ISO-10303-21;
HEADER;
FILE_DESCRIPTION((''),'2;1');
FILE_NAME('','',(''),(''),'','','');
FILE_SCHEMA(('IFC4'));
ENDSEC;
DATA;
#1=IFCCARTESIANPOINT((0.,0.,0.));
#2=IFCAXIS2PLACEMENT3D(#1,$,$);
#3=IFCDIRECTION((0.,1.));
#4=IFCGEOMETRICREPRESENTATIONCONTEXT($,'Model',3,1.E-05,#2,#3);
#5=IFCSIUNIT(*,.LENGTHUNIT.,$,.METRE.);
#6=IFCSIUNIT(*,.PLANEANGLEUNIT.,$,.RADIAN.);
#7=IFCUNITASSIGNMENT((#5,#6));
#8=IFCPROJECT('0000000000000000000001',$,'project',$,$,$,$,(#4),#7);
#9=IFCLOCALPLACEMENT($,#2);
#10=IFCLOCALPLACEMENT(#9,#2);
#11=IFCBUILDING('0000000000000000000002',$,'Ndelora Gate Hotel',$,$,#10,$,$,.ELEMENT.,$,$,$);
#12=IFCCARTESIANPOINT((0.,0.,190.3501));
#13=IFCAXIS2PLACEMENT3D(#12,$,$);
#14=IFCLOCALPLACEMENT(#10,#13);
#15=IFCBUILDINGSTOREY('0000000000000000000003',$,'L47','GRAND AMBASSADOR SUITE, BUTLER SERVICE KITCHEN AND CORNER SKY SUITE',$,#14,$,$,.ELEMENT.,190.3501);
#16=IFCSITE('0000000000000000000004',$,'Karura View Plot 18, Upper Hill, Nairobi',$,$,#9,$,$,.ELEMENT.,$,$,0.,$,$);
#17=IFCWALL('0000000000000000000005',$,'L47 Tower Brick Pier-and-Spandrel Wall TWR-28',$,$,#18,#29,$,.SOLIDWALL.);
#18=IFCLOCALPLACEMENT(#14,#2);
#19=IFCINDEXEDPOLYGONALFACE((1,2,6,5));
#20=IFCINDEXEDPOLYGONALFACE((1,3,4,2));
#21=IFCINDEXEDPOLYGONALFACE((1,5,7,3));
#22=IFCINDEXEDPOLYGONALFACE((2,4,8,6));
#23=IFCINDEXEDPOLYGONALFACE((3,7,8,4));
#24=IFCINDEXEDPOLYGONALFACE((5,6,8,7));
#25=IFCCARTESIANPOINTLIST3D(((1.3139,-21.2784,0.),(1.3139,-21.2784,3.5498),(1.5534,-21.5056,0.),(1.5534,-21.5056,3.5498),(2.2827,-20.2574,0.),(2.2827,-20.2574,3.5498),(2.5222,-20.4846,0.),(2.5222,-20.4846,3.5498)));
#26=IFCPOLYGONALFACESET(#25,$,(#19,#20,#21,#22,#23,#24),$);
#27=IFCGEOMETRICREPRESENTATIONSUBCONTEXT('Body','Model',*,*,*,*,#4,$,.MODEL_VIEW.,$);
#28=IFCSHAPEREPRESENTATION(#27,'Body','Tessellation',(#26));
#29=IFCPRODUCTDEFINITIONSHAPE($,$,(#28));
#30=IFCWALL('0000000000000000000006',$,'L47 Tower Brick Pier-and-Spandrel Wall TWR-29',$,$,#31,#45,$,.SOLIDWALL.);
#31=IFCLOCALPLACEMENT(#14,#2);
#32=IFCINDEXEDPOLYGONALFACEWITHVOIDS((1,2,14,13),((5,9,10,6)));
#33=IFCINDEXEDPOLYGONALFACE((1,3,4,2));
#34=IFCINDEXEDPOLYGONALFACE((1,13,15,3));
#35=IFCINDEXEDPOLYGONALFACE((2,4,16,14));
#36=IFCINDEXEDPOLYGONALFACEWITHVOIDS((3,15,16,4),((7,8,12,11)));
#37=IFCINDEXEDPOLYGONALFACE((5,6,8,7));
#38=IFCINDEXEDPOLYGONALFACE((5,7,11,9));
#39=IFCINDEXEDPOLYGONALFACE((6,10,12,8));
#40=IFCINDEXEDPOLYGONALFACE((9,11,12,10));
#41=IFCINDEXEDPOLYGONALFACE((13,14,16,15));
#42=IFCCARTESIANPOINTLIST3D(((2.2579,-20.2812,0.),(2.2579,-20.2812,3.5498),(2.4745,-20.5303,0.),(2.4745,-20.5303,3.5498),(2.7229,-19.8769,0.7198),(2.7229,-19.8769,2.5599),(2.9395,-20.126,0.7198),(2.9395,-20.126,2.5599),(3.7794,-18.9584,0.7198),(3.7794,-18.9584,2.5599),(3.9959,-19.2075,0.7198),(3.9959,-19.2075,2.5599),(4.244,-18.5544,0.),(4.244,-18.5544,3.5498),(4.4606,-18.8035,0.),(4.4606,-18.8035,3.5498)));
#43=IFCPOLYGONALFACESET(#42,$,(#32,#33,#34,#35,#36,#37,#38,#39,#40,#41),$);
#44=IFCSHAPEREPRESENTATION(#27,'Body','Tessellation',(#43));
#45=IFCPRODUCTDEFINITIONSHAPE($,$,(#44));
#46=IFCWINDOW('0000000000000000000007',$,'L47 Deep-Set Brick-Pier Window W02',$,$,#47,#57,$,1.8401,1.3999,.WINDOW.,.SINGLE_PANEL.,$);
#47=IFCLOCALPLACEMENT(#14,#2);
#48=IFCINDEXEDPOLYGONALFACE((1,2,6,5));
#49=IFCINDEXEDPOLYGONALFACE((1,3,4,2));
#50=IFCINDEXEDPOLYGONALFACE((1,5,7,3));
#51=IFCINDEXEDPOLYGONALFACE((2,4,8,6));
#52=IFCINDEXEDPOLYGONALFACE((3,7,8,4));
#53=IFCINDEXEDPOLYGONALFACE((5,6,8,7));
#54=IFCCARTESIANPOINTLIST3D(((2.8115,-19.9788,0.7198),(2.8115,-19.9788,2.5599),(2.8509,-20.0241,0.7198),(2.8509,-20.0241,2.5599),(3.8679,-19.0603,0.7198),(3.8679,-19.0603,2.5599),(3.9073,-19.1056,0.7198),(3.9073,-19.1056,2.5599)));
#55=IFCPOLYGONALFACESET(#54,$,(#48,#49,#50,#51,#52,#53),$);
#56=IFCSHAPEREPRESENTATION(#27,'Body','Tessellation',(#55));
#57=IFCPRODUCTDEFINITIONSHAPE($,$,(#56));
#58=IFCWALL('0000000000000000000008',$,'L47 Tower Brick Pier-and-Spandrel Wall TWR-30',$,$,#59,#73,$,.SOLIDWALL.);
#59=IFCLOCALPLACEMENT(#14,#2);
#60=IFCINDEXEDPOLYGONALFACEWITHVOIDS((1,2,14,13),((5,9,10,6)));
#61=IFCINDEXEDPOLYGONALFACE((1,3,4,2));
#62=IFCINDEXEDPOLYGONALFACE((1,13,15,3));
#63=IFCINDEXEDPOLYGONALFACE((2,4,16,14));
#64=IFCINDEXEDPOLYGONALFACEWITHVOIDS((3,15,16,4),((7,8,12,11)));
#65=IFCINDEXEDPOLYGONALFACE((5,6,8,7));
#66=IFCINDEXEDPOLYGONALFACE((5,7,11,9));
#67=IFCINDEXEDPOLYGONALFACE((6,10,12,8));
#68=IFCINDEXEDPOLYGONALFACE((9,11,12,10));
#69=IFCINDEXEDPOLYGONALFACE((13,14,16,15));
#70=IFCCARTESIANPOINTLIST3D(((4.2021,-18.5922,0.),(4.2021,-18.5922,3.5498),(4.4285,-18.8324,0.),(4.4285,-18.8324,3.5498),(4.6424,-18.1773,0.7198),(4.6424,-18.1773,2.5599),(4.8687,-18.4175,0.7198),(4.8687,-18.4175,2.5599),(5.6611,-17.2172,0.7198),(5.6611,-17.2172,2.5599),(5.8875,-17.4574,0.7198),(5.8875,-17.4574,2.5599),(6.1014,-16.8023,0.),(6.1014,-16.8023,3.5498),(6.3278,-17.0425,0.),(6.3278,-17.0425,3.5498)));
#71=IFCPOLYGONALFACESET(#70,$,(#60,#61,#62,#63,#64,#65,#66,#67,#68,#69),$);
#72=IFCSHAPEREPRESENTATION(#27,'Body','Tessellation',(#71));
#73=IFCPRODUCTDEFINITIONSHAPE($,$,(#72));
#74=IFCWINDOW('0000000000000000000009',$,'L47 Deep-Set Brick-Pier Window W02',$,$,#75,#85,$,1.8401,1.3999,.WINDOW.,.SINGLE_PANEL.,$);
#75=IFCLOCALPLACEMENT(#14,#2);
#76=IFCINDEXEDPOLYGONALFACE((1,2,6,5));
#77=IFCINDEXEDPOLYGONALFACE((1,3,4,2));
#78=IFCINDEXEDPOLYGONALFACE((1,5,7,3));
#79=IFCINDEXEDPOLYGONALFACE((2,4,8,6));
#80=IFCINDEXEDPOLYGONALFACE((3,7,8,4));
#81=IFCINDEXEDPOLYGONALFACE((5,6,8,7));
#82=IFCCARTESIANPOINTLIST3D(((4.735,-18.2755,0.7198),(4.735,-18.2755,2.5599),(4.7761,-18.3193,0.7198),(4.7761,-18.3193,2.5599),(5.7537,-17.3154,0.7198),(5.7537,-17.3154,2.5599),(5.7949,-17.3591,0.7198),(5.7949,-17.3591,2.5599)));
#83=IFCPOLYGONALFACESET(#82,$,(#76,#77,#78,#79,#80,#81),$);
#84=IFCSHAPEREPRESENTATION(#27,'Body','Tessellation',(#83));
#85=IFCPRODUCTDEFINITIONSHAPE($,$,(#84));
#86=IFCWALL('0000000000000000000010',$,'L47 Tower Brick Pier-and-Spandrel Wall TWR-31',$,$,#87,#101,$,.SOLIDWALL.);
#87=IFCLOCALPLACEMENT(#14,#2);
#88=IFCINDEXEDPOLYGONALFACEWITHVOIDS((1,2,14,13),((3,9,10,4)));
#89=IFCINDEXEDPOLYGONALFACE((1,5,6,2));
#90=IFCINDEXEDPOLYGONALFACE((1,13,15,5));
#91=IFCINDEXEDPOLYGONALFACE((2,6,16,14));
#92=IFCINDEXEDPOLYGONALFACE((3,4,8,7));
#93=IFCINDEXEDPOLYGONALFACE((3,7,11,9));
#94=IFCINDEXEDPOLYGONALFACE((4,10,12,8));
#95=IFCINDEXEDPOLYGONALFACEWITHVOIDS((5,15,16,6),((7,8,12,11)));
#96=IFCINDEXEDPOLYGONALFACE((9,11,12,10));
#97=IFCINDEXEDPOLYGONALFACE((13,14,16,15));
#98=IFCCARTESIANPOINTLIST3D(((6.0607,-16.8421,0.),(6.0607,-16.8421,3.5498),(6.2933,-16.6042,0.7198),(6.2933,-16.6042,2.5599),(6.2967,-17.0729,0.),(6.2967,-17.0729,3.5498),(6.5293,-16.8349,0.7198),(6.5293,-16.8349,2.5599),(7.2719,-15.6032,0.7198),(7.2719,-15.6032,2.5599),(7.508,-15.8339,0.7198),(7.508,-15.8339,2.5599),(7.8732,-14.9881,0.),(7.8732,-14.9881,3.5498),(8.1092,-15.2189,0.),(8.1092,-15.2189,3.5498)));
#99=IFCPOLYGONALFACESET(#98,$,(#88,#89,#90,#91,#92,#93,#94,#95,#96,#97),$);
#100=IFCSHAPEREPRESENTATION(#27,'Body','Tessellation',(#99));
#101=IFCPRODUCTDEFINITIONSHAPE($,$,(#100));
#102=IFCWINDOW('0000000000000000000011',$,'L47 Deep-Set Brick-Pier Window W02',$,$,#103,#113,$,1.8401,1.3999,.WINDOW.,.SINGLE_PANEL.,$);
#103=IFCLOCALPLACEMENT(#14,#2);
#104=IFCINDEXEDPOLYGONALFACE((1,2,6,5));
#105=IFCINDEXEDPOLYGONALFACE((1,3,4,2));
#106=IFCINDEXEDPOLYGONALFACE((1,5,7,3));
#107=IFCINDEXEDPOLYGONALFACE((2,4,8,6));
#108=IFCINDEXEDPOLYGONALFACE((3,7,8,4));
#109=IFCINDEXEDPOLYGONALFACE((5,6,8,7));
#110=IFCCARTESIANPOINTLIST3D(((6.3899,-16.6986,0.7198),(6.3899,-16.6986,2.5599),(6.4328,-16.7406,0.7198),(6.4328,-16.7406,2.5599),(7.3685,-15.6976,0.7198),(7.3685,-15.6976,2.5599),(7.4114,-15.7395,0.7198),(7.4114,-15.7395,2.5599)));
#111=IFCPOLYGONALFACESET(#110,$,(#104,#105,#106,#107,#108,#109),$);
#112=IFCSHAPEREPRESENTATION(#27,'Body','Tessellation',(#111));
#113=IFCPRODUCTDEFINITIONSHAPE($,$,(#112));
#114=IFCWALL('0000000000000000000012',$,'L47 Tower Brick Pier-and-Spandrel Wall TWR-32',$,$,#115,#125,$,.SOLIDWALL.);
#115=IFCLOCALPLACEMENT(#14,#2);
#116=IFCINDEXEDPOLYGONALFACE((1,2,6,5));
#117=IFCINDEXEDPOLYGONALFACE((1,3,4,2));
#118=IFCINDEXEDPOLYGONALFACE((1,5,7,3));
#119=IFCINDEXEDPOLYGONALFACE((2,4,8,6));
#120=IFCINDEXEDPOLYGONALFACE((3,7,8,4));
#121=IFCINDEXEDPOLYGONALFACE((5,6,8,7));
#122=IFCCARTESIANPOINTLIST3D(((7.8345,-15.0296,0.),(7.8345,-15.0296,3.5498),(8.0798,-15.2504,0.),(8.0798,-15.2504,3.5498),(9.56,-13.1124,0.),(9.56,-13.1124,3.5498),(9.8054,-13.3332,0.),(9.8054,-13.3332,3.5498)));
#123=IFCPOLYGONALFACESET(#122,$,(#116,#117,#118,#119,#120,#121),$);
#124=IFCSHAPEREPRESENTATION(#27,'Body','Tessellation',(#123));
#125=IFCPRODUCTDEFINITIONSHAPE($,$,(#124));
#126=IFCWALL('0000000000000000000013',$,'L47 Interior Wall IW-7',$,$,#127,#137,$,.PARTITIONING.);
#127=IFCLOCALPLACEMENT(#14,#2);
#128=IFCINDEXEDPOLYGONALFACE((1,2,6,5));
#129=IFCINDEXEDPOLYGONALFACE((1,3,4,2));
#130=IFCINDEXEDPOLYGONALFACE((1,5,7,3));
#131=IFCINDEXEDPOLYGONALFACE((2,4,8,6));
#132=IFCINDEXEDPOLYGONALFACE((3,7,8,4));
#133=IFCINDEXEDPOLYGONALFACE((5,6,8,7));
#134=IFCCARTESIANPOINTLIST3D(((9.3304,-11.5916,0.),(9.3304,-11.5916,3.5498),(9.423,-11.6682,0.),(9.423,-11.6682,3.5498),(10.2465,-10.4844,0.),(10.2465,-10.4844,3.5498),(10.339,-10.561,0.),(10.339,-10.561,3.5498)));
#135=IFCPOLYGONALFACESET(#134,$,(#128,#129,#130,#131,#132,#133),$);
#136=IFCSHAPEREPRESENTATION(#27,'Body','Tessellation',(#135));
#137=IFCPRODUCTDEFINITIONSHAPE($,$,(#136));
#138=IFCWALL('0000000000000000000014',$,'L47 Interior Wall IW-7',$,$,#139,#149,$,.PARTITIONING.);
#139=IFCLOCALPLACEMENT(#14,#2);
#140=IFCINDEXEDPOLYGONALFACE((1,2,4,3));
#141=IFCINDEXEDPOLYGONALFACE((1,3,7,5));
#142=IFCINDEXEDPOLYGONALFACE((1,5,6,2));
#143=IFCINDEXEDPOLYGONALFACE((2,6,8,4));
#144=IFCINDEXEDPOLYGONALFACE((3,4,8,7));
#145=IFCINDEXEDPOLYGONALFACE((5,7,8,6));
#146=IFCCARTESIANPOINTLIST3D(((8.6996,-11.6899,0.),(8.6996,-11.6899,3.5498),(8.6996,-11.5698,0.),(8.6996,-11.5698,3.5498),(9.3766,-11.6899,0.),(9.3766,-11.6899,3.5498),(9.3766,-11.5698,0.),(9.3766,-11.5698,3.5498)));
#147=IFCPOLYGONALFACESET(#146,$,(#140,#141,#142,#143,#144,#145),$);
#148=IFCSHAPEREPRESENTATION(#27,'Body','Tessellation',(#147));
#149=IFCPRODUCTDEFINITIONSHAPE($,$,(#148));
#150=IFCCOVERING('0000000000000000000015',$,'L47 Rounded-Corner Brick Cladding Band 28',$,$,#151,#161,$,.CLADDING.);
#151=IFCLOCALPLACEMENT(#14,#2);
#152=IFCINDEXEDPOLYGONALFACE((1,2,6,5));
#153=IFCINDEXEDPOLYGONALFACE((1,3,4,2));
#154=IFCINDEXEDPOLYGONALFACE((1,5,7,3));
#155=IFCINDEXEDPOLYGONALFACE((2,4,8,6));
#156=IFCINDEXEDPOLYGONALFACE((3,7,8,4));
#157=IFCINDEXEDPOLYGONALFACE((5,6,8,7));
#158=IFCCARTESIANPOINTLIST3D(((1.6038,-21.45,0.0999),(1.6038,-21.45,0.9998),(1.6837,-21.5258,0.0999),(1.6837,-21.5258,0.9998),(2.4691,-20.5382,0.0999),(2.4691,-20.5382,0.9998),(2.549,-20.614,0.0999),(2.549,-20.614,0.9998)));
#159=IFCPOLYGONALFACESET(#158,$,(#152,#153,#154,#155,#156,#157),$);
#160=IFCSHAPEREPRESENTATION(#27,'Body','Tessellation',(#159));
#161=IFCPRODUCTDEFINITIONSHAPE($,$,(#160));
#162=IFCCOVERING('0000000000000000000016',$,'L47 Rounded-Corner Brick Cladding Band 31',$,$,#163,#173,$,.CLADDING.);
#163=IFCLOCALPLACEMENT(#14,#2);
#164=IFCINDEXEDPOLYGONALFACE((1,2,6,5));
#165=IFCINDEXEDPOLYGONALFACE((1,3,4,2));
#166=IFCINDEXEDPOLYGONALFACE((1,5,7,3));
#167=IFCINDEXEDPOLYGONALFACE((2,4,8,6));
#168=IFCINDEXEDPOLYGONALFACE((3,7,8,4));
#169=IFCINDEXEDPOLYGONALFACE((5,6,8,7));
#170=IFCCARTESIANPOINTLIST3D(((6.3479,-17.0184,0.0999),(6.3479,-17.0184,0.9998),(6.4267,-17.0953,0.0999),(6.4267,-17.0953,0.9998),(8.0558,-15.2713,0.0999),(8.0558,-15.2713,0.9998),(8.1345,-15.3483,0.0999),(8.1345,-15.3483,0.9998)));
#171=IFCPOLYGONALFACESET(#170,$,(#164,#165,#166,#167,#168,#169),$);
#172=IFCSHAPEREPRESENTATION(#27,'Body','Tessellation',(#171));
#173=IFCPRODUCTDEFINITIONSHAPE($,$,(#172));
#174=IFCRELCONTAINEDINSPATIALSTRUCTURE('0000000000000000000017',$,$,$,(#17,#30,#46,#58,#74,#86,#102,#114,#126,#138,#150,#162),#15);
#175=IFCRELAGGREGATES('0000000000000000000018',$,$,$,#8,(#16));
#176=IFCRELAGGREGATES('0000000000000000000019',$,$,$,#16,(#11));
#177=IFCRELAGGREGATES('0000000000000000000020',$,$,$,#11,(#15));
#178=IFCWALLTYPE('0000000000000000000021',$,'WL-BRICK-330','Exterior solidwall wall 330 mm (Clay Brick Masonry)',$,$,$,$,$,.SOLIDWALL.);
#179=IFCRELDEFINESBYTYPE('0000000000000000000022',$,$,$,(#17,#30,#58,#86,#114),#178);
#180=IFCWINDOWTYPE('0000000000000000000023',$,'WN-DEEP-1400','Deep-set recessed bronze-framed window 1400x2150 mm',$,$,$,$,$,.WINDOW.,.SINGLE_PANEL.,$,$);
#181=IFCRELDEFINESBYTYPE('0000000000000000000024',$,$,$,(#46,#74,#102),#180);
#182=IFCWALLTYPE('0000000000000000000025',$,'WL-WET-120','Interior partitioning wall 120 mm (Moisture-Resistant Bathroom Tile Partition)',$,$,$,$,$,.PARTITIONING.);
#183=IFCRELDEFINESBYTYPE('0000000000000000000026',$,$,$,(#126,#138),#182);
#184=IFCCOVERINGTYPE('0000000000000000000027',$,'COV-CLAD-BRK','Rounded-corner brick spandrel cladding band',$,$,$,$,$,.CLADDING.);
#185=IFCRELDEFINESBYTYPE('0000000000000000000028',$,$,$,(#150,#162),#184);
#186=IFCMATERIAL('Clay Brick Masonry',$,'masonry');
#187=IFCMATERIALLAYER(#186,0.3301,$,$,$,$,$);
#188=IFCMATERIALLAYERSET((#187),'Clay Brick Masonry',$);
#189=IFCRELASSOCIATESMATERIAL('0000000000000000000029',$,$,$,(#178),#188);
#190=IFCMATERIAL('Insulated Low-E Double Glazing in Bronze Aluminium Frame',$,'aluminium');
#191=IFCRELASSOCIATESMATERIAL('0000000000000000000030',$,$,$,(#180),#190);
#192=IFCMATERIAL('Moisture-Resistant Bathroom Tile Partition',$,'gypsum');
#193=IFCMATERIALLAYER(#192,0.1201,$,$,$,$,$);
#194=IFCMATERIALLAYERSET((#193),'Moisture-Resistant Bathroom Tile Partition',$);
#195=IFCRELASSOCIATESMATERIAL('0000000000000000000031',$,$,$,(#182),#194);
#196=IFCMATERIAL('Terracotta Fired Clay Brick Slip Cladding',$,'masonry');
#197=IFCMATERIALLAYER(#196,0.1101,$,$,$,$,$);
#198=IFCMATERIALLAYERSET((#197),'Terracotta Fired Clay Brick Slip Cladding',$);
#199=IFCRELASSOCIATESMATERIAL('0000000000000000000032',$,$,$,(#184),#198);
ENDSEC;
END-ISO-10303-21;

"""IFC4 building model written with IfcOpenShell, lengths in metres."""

from ifc_helpers import new_model, si_unit, direction, frame, frame_2d, origin, origin_2d, place, context, subcontext, project, spatial, rectangle, extrude, material, layer, layer_set, type_object, element, fill, save


model = new_model("IFC4")

# Units and contexts
model_context = context("Model", 3, precision=1e-05, world=origin(), true_north=direction((0.0, 1.0)))
body_context = subcontext(model_context, "Body", "Model", "MODEL_VIEW")
ifc_project = project(units=[si_unit("LENGTHUNIT", "METRE"), si_unit("PLANEANGLEUNIT", "RADIAN")], contexts=[model_context])

# Site, building, storey
site_placement = place(None, origin())
site = spatial("IfcSite", under=ifc_project, at=site_placement, Name="Karura View Plot 18, Upper Hill, Nairobi", CompositionType="ELEMENT", RefElevation=0.0)
building_placement = place(site_placement, origin())
building = spatial("IfcBuilding", under=site, at=building_placement, Name="Ndelora Gate Hotel", CompositionType="ELEMENT")
storey_placement = place(building_placement, frame((0.0, 0.0, 190.3501)))
storey = spatial("IfcBuildingStorey", under=building, at=storey_placement, Name="L47", Description="GRAND AMBASSADOR SUITE, BUTLER SERVICE KITCHEN AND CORNER SKY SUITE", CompositionType="ELEMENT", Elevation=190.3501)

# Wall
ifc_material_1 = material(Name="Clay Brick Masonry", Category="masonry")
ifc_layer_1 = layer(ifc_material_1, 0.3301)
ifc_layer_set_1 = layer_set([ifc_layer_1], Name="Clay Brick Masonry")
wall_type_1 = type_object("IfcWallType", Name="WL-BRICK-330", Description="Exterior solidwall wall 330 mm (Clay Brick Masonry)", PredefinedType="SOLIDWALL", material=ifc_layer_set_1)
wall_1_placement = place(storey_placement, frame((2.4023, -20.3711, 0.0), z_axis=(0.0, 0.0, 1.0), x_axis=(-0.688303, -0.725424, 0.0)))
element("IfcWall", 1, at=wall_1_placement, inside=storey, type_object=wall_type_1, Name="L47 Tower Brick Pier-and-Spandrel Wall TWR-28", PredefinedType="SOLIDWALL", context=body_context, shape_type="SweptSolid", body=[
    extrude(rectangle(XDim=1.4075, YDim=0.3301, at=frame_2d((0.7036, 0.0))), origin(), (0.0, 0.0, 1.0), 3.5498),
])

# Walls, openings, windows
wall_2_placement = place(storey_placement, frame((4.3523, -18.679, 0.0), z_axis=(0.0, 0.0, 1.0), x_axis=(-0.754647, -0.65613, 0.0)))
wall_2 = element("IfcWall", 2, at=wall_2_placement, inside=storey, type_object=wall_type_1, Name="L47 Tower Brick Pier-and-Spandrel Wall TWR-29", PredefinedType="SOLIDWALL", context=body_context, shape_type="SweptSolid", body=[
    extrude(rectangle(XDim=2.6318, YDim=0.3301, at=frame_2d((1.3159, 0.0))), origin(), (0.0, 0.0, 1.0), 3.5498),
])
opening_1_placement = place(wall_2_placement, frame((0.6157, 0.0, 0.72)))
opening_1 = element("IfcOpeningElement", 3, at=opening_1_placement, cuts=wall_2, PredefinedType="OPENING", context=body_context, shape_type="SweptSolid", body=[
    extrude(rectangle(XDim=1.3999, YDim=1.8401, at=frame_2d((0.7, 0.9199))), frame((0.0, 0.175, 0.0), z_axis=(0.0, -1.0, 0.0), x_axis=(1.0, 0.0, 0.0)), (0.0, 0.0, 1.0), 0.3501),
])
ifc_material_2 = material(Name="Insulated Low-E Double Glazing in Bronze Aluminium Frame", Category="aluminium")
window_type = type_object("IfcWindowType", Name="WN-DEEP-1400", Description="Deep-set recessed bronze-framed window 1400x2150 mm", PartitioningType="SINGLE_PANEL", PredefinedType="WINDOW", material=ifc_material_2)
window_1_placement = place(opening_1_placement, origin())
window_1 = element("IfcWindow", 4, at=window_1_placement, inside=storey, type_object=window_type, Name="L47 Deep-Set Brick-Pier Window W02", OverallHeight=1.8401, OverallWidth=1.3999, PartitioningType="SINGLE_PANEL", PredefinedType="WINDOW", context=body_context, shape_type="SweptSolid", body=[
    extrude(rectangle(XDim=1.3999, YDim=1.8401, at=frame_2d((0.7, 0.9199))), frame((0.0, 0.03, 0.0), z_axis=(0.0, -1.0, 0.0), x_axis=(1.0, 0.0, 0.0)), (0.0, 0.0, 1.0), 0.0601),
])
fill(opening_1, window_1)
wall_3_placement = place(storey_placement, frame((6.2146, -16.9224, 0.0), z_axis=(0.0, 0.0, 1.0), x_axis=(-0.727749, -0.685843, 0.0)))
wall_3 = element("IfcWall", 5, at=wall_3_placement, inside=storey, type_object=wall_type_1, Name="L47 Tower Brick Pier-and-Spandrel Wall TWR-30", PredefinedType="SOLIDWALL", context=body_context, shape_type="SweptSolid", body=[
    extrude(rectangle(XDim=2.6099, YDim=0.3301, at=frame_2d((1.3049, 0.0))), origin(), (0.0, 0.0, 1.0), 3.5498),
])
opening_2_placement = place(wall_3_placement, frame((0.605, 0.0, 0.72)))
opening_2 = element("IfcOpeningElement", 6, at=opening_2_placement, cuts=wall_3, PredefinedType="OPENING", context=body_context, shape_type="SweptSolid", body=[
    extrude(rectangle(XDim=1.3999, YDim=1.8401, at=frame_2d((0.7, 0.9199))), frame((0.0, 0.175, 0.0), z_axis=(0.0, -1.0, 0.0), x_axis=(1.0, 0.0, 0.0)), (0.0, 0.0, 1.0), 0.3501),
])
window_2_placement = place(opening_2_placement, origin())
window_2 = element("IfcWindow", 7, at=window_2_placement, inside=storey, type_object=window_type, Name="L47 Deep-Set Brick-Pier Window W02", OverallHeight=1.8401, OverallWidth=1.3999, PartitioningType="SINGLE_PANEL", PredefinedType="WINDOW", context=body_context, shape_type="SweptSolid", body=[
    extrude(rectangle(XDim=1.3999, YDim=1.8401, at=frame_2d((0.7, 0.9199))), frame((0.0, 0.03, 0.0), z_axis=(0.0, -1.0, 0.0), x_axis=(1.0, 0.0, 0.0)), (0.0, 0.0, 1.0), 0.0601),
])
fill(opening_2, window_2)
wall_4_placement = place(storey_placement, frame((7.9912, -15.1035, 0.0), z_axis=(0.0, 0.0, 1.0), x_axis=(-0.699058, -0.715065, 0.0)))
wall_4 = element("IfcWall", 8, at=wall_4_placement, inside=storey, type_object=wall_type_1, Name="L47 Tower Brick Pier-and-Spandrel Wall TWR-31", PredefinedType="SOLIDWALL", context=body_context, shape_type="SweptSolid", body=[
    extrude(rectangle(XDim=2.5928, YDim=0.3301, at=frame_2d((1.2964, 0.0))), origin(), (0.0, 0.0, 1.0), 3.5498),
])
opening_3_placement = place(wall_4_placement, frame((0.8601, 0.0, 0.72)))
opening_3 = element("IfcOpeningElement", 9, at=opening_3_placement, cuts=wall_4, PredefinedType="OPENING", context=body_context, shape_type="SweptSolid", body=[
    extrude(rectangle(XDim=1.3999, YDim=1.8401, at=frame_2d((0.7, 0.9199))), frame((0.0, 0.175, 0.0), z_axis=(0.0, -1.0, 0.0), x_axis=(1.0, 0.0, 0.0)), (0.0, 0.0, 1.0), 0.3501),
])
window_3_placement = place(opening_3_placement, origin())
window_3 = element("IfcWindow", 10, at=window_3_placement, inside=storey, type_object=window_type, Name="L47 Deep-Set Brick-Pier Window W02", OverallHeight=1.8401, OverallWidth=1.3999, PartitioningType="SINGLE_PANEL", PredefinedType="WINDOW", context=body_context, shape_type="SweptSolid", body=[
    extrude(rectangle(XDim=1.3999, YDim=1.8401, at=frame_2d((0.7, 0.9199))), frame((0.0, 0.03, 0.0), z_axis=(0.0, -1.0, 0.0), x_axis=(1.0, 0.0, 0.0)), (0.0, 0.0, 1.0), 0.0601),
])
fill(opening_3, window_3)

# Walls
wall_5_placement = place(storey_placement, frame((9.6826, -13.2229, 0.0), z_axis=(0.0, 0.0, 1.0), x_axis=(-0.66898, -0.74328, 0.0)))
element("IfcWall", 11, at=wall_5_placement, inside=storey, type_object=wall_type_1, Name="L47 Tower Brick Pier-and-Spandrel Wall TWR-32", PredefinedType="SOLIDWALL", context=body_context, shape_type="SweptSolid", body=[
    extrude(rectangle(XDim=2.5793, YDim=0.3301, at=frame_2d((1.2896, 0.0))), origin(), (0.0, 0.0, 1.0), 3.5498),
])
ifc_material_3 = material(Name="Moisture-Resistant Bathroom Tile Partition", Category="gypsum")
ifc_layer_2 = layer(ifc_material_3, 0.1201)
ifc_layer_set_2 = layer_set([ifc_layer_2], Name="Moisture-Resistant Bathroom Tile Partition")
wall_type_2 = type_object("IfcWallType", Name="WL-WET-120", Description="Interior partitioning wall 120 mm (Moisture-Resistant Bathroom Tile Partition)", PredefinedType="PARTITIONING", material=ifc_layer_set_2)
wall_6_placement = place(storey_placement, frame((9.3767, -11.6299, 0.0), z_axis=(0.0, 0.0, 1.0), x_axis=(0.637456, 0.770486, 0.0)))
element("IfcWall", 12, at=wall_6_placement, inside=storey, type_object=wall_type_2, Name="L47 Interior Wall IW-7", PredefinedType="PARTITIONING", context=body_context, shape_type="SweptSolid", body=[
    extrude(rectangle(XDim=1.437, YDim=0.1201, at=frame_2d((0.7185, 0.0))), origin(), (0.0, 0.0, 1.0), 3.5498),
])
wall_7_placement = place(storey_placement, frame((8.6997, -11.6299, 0.0), z_axis=(0.0, 0.0, 1.0), x_axis=(1.0, 0.0, 0.0)))
element("IfcWall", 13, at=wall_7_placement, inside=storey, type_object=wall_type_2, Name="L47 Interior Wall IW-7", PredefinedType="PARTITIONING", context=body_context, shape_type="SweptSolid", body=[
    extrude(rectangle(XDim=0.677, YDim=0.1201, at=frame_2d((0.3384, 0.0))), origin(), (0.0, 0.0, 1.0), 3.5498),
])

# Coverings
ifc_material_4 = material(Name="Terracotta Fired Clay Brick Slip Cladding", Category="masonry")
ifc_layer_3 = layer(ifc_material_4, 0.1101)
ifc_layer_set_3 = layer_set([ifc_layer_3], Name="Terracotta Fired Clay Brick Slip Cladding")
covering_type_1 = type_object("IfcCoveringType", Name="COV-CLAD-BRK", Description="Rounded-corner brick spandrel cladding band", PredefinedType="CLADDING", material=ifc_layer_set_3)
covering_1_placement = place(storey_placement, frame((2.0764, -21.032, 0.0999), z_axis=(0.0, 0.0, 1.0), x_axis=(0.688355, 0.725374, 0.0)))
element("IfcCovering", 14, at=covering_1_placement, inside=storey, type_object=covering_type_1, Name="L47 Rounded-Corner Brick Cladding Band 28", PredefinedType="CLADDING", context=body_context, shape_type="SweptSolid", body=[
    extrude(rectangle(XDim=1.2571, YDim=0.1101, at=origin_2d()), origin(), (0.0, 0.0, 1.0), 0.8999),
])
covering_2_placement = place(storey_placement, frame((7.2412, -16.1833, 0.0999), z_axis=(0.0, 0.0, 1.0), x_axis=(0.69904, 0.715083, 0.0)))
element("IfcCovering", 15, at=covering_2_placement, inside=storey, type_object=covering_type_1, Name="L47 Rounded-Corner Brick Cladding Band 31", PredefinedType="CLADDING", context=body_context, shape_type="SweptSolid", body=[
    extrude(rectangle(XDim=2.4431, YDim=0.1101, at=origin_2d()), origin(), (0.0, 0.0, 1.0), 0.8999),
])

save(model, "model.ifc")
